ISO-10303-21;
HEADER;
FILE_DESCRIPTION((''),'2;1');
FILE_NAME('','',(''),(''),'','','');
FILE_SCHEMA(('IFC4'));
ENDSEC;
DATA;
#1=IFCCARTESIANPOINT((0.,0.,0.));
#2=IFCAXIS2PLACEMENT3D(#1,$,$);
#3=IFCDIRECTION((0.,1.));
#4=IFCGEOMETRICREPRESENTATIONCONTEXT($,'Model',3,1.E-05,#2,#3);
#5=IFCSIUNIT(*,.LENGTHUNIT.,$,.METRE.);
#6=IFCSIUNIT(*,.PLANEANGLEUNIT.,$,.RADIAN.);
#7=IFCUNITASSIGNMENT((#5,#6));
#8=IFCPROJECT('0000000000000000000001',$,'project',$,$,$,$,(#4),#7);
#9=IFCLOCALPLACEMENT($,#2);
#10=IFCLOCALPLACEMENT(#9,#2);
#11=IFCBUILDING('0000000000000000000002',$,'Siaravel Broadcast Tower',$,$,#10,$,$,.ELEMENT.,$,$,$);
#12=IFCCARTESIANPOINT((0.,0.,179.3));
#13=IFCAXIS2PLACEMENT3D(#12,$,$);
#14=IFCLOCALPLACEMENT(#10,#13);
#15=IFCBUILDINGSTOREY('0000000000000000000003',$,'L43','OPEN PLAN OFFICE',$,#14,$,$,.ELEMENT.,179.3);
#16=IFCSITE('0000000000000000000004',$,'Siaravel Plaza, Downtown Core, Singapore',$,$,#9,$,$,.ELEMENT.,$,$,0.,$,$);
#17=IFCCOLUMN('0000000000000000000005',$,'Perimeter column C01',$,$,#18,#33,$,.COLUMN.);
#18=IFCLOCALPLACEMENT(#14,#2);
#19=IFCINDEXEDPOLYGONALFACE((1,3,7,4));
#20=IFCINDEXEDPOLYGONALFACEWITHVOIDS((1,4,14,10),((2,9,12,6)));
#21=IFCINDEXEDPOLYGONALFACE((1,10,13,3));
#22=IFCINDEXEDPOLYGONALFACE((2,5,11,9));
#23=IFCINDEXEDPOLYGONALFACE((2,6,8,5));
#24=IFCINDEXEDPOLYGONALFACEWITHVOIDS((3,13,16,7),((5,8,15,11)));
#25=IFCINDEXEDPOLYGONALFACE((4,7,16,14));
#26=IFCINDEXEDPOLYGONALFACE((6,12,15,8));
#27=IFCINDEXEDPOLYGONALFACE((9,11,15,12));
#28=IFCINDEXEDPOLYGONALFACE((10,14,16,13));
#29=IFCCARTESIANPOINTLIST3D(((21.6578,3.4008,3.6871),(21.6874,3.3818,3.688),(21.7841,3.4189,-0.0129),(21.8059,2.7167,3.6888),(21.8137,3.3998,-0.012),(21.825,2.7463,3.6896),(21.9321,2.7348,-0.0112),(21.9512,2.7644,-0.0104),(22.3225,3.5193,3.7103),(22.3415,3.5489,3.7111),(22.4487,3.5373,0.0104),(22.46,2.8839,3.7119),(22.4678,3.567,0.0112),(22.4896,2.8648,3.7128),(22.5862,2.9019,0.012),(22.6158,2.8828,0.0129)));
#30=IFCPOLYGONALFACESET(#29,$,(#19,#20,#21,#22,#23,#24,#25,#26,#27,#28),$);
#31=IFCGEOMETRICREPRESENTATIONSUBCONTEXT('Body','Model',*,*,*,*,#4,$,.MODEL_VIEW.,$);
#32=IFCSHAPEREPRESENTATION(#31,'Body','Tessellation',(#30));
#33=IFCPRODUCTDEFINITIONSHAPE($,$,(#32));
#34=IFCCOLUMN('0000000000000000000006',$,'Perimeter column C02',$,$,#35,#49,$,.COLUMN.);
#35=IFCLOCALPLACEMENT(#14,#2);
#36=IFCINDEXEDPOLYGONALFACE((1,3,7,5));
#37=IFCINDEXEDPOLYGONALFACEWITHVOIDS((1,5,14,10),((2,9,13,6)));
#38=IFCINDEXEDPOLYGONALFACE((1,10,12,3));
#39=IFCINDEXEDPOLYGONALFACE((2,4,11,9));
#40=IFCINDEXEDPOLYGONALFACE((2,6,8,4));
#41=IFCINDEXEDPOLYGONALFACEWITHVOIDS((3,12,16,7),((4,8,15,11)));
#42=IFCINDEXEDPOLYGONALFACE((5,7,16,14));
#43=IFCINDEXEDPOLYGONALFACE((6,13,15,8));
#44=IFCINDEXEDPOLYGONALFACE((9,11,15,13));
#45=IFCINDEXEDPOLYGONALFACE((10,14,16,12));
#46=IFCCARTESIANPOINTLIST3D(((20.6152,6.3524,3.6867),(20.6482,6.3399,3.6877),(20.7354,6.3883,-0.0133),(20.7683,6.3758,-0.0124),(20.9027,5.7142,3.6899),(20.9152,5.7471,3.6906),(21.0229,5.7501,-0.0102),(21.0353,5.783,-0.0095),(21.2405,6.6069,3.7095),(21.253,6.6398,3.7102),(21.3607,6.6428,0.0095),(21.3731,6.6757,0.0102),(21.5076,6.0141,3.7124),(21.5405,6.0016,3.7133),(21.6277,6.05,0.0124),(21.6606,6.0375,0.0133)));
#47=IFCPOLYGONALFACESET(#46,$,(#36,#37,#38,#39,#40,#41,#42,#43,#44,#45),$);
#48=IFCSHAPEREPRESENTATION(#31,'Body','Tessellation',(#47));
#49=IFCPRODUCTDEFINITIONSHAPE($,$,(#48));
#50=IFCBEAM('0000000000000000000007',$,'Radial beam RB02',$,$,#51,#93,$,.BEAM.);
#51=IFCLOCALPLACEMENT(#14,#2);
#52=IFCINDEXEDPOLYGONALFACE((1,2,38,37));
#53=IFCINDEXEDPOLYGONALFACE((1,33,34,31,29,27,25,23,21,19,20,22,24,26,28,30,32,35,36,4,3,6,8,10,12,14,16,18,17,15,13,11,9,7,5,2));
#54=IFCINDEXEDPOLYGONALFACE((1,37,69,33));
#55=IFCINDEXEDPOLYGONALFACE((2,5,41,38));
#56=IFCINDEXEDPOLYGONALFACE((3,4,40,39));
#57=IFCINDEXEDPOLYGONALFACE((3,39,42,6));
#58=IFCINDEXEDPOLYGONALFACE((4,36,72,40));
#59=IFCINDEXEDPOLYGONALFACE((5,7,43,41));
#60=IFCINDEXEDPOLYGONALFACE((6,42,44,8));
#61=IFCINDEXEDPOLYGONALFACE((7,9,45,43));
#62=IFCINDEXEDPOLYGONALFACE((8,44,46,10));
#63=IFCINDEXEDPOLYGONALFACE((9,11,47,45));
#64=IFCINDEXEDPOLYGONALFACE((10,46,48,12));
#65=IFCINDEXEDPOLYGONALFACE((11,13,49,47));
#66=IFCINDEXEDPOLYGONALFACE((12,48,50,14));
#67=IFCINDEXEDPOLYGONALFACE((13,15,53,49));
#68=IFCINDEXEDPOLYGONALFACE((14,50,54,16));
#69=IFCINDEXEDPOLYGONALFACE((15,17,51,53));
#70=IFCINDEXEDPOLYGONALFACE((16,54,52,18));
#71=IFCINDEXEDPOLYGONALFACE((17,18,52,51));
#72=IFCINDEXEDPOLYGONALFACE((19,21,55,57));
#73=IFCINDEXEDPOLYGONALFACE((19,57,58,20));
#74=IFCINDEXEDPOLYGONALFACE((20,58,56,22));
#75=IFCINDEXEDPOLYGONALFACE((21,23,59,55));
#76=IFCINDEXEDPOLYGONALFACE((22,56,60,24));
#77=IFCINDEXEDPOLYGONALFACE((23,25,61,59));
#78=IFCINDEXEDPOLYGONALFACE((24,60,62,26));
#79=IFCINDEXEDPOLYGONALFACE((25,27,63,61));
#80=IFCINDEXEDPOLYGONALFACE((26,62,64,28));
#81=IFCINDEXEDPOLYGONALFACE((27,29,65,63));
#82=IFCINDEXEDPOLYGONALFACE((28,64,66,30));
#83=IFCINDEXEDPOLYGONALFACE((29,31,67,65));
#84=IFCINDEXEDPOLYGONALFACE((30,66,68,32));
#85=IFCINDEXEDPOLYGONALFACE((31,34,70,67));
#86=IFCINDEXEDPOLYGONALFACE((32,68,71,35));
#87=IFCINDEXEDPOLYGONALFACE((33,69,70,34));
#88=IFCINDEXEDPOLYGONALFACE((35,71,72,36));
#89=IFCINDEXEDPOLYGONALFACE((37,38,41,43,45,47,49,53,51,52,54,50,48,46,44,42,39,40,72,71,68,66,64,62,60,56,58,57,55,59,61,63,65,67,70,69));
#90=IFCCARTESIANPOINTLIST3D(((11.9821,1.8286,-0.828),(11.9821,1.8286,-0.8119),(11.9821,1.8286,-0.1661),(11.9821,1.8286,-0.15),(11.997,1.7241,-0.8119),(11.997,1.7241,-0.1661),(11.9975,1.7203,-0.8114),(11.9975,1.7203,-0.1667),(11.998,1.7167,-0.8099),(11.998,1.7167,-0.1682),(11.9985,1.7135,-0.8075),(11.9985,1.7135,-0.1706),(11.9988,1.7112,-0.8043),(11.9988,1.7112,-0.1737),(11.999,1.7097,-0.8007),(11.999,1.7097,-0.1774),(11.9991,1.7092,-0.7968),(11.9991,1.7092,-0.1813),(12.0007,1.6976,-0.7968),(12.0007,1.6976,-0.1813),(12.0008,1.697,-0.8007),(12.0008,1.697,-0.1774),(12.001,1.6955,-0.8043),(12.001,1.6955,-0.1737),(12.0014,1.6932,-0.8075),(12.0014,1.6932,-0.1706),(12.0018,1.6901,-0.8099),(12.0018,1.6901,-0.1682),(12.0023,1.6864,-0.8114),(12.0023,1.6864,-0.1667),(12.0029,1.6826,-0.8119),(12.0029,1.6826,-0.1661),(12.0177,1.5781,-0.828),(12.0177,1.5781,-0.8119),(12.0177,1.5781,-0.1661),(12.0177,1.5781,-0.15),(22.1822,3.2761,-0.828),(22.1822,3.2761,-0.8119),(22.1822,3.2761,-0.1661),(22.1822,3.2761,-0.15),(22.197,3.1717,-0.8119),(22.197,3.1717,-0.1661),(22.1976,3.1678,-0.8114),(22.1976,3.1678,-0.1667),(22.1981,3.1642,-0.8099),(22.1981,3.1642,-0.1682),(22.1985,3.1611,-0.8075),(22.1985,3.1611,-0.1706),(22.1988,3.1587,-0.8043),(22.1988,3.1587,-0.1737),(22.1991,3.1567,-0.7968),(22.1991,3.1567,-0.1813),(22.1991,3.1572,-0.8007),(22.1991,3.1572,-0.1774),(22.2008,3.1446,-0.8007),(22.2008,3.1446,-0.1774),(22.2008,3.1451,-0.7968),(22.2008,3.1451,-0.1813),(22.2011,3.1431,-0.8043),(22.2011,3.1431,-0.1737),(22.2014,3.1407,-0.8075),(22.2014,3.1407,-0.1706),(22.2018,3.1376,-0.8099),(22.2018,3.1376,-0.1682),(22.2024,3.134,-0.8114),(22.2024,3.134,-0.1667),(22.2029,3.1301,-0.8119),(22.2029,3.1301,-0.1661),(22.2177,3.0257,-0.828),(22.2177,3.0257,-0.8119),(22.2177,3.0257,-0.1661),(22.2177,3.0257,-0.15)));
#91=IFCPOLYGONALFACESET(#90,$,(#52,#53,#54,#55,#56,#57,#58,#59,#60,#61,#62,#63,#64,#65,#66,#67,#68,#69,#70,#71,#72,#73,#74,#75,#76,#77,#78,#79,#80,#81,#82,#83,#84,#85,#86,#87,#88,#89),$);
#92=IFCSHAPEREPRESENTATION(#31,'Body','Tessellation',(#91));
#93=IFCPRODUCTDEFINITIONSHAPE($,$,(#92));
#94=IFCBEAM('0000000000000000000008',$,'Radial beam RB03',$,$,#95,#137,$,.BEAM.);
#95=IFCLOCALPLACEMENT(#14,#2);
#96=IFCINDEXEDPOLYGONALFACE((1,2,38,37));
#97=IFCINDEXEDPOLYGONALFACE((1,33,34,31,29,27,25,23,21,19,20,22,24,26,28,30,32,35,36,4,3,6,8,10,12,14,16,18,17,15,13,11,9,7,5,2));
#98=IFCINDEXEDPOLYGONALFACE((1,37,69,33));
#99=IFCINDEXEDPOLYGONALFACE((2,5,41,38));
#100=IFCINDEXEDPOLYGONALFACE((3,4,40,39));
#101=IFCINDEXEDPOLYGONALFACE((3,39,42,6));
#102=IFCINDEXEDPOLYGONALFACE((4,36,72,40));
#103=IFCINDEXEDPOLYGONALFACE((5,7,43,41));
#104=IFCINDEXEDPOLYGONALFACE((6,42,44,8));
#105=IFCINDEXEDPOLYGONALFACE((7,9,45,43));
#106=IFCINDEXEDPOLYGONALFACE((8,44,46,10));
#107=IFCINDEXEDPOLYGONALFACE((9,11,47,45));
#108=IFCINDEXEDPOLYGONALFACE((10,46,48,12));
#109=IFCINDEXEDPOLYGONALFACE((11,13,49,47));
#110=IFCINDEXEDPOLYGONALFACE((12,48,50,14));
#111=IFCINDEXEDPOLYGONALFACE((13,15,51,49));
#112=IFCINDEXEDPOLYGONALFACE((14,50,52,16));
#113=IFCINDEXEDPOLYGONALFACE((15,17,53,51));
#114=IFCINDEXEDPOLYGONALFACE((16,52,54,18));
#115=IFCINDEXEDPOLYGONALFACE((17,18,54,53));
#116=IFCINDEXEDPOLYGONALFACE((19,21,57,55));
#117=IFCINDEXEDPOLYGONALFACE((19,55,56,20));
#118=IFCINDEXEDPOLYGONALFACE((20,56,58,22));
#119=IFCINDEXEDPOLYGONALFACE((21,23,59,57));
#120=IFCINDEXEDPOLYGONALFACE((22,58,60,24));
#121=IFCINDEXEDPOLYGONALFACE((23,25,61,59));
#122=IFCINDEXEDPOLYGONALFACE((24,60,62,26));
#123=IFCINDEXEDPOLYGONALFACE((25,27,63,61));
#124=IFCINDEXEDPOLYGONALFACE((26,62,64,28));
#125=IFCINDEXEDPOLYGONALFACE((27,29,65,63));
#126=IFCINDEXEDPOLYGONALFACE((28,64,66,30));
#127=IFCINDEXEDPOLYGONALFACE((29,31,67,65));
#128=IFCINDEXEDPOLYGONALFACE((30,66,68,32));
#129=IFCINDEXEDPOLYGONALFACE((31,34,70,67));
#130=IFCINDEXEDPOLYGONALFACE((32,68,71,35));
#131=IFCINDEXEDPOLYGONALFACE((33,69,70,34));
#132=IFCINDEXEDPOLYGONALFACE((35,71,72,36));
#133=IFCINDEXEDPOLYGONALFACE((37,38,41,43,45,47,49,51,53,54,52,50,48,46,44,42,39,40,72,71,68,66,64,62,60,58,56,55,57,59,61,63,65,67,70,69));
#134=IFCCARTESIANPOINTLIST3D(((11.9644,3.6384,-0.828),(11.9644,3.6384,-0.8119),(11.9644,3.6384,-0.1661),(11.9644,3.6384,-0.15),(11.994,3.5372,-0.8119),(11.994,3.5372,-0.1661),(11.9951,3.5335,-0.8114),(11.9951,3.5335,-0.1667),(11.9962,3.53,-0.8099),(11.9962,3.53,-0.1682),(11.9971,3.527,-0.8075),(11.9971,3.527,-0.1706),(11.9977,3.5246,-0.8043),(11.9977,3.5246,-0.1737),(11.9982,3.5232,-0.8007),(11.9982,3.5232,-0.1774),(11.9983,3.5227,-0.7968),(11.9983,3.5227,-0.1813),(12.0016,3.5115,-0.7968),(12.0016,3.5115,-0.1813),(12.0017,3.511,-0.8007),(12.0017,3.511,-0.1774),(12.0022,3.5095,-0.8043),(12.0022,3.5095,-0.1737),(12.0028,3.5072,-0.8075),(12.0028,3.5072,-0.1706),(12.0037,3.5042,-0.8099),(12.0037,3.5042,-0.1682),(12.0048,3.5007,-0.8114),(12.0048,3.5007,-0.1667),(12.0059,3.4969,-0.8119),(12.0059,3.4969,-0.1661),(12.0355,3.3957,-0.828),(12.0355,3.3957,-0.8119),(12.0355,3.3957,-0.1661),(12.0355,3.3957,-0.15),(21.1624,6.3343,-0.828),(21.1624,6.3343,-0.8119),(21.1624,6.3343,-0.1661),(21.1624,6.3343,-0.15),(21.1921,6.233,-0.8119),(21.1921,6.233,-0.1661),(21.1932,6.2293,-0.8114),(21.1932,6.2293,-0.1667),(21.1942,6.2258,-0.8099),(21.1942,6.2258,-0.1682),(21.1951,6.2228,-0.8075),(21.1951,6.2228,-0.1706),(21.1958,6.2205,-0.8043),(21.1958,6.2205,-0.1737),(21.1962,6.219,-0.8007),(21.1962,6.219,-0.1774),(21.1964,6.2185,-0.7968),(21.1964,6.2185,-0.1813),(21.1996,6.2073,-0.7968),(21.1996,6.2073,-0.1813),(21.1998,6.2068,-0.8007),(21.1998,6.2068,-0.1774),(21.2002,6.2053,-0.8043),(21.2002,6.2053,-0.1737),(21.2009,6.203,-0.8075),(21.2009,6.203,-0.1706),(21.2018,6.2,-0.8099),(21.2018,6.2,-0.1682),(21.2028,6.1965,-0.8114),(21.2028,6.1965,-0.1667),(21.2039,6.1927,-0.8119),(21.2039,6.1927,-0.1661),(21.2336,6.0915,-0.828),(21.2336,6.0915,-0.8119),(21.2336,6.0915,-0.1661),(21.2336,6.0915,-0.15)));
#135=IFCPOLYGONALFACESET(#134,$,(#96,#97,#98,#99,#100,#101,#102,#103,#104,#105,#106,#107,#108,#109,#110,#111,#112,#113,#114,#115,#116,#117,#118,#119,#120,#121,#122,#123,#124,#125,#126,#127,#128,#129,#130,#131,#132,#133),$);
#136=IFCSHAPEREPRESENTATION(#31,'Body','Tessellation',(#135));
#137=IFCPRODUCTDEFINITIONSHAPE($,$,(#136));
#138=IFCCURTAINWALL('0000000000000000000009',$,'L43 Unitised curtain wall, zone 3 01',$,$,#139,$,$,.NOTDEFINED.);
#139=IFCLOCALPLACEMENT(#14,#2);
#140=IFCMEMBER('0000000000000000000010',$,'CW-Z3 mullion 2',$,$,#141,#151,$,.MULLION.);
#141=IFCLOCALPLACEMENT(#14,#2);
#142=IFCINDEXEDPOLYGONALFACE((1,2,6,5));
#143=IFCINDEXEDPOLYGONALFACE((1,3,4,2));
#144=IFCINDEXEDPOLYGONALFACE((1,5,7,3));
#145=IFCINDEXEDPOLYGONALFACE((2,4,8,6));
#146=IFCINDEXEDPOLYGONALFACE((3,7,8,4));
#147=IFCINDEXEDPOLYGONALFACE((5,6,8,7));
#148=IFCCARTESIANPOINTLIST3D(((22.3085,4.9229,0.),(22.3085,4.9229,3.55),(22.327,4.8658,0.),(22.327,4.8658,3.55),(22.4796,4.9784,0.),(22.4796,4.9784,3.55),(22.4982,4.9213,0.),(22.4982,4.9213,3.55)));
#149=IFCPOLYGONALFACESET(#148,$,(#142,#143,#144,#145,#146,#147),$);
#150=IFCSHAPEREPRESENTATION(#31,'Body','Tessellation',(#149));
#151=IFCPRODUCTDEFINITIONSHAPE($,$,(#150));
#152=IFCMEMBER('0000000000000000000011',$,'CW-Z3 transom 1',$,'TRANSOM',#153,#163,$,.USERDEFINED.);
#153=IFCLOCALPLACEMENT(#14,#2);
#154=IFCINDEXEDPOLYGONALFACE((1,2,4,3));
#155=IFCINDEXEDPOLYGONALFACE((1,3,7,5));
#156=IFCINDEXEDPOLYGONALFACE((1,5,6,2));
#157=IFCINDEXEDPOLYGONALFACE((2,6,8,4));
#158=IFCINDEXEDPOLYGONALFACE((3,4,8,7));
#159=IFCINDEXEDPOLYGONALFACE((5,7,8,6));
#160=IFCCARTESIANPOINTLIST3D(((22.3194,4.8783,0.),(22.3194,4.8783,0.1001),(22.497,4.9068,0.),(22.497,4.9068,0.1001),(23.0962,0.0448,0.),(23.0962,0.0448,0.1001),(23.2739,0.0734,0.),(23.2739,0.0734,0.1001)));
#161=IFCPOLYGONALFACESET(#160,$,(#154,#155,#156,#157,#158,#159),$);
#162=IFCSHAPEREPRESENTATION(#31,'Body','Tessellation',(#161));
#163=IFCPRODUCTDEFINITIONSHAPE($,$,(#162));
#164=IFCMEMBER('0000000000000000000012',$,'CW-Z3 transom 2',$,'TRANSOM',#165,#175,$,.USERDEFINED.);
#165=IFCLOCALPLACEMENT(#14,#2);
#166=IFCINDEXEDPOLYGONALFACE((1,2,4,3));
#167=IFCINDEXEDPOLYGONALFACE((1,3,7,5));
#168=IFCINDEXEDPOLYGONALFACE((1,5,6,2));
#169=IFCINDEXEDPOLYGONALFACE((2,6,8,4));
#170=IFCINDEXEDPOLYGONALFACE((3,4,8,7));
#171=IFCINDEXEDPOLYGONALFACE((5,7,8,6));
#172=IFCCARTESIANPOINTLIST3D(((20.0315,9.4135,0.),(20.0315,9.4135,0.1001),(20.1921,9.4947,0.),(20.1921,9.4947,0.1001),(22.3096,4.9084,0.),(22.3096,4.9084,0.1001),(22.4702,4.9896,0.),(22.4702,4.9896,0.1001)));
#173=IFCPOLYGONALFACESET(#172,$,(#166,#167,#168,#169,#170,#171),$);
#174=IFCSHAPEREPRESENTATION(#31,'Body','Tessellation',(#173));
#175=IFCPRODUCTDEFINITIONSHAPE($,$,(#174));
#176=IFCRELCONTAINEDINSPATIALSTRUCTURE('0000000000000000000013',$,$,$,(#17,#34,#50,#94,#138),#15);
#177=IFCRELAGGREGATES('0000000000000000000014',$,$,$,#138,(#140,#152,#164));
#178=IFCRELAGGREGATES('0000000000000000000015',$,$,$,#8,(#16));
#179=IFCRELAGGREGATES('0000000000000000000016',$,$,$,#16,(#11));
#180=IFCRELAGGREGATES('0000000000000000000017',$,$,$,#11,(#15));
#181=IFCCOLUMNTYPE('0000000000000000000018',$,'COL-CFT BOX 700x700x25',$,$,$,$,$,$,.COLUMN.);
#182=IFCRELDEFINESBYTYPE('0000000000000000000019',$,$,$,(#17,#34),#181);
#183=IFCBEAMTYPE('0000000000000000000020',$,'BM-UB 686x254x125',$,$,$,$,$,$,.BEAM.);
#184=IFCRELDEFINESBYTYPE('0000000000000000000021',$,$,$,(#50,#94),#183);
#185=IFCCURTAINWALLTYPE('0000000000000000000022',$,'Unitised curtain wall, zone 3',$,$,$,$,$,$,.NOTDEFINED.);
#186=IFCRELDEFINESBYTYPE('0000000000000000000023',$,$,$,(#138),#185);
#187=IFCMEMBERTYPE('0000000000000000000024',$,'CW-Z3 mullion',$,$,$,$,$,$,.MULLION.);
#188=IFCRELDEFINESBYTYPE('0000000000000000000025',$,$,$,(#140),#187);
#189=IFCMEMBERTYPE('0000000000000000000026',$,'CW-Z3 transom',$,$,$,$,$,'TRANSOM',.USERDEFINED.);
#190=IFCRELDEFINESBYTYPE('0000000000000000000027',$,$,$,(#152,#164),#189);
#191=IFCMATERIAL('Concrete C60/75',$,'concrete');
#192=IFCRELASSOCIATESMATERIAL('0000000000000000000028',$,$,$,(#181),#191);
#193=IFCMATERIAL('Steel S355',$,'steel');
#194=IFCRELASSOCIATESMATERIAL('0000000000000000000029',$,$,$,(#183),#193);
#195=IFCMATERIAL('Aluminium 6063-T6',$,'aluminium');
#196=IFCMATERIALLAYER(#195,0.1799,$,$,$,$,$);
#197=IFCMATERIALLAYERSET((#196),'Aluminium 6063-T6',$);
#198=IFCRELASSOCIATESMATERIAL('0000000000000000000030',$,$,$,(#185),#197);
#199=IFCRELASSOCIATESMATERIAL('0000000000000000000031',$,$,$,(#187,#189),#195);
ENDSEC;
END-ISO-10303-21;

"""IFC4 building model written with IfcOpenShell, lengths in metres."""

from ifc_helpers import new_model, si_unit, direction, frame, origin, origin_2d, place, context, subcontext, project, spatial, rectangle, hollow_rectangle, i_section, extrude, material, layer, layer_set, material_profile, profile_set, type_object, element, aggregate, save


model = new_model("IFC4")

# Units and contexts
model_context = context("Model", 3, precision=1e-05, world=origin(), true_north=direction((0.0, 1.0)))
body_context = subcontext(model_context, "Body", "Model", "MODEL_VIEW")
ifc_project = project(units=[si_unit("LENGTHUNIT", "METRE"), si_unit("PLANEANGLEUNIT", "RADIAN")], contexts=[model_context])

# Site, building, storey
site_placement = place(None, origin())
site = spatial("IfcSite", under=ifc_project, at=site_placement, Name="Siaravel Plaza, Downtown Core, Singapore", CompositionType="ELEMENT", RefElevation=0.0)
building_placement = place(site_placement, origin())
building = spatial("IfcBuilding", under=site, at=building_placement, Name="Siaravel Broadcast Tower", CompositionType="ELEMENT")
storey_placement = place(building_placement, frame((0.0, 0.0, 179.3)))
storey = spatial("IfcBuildingStorey", under=building, at=storey_placement, Name="L43", Description="OPEN PLAN OFFICE", CompositionType="ELEMENT", Elevation=179.3)

# Columns
ifc_material_1 = material(Name="Concrete C60/75", Category="concrete")
ifc_material_profile_1 = material_profile(ifc_material_1, hollow_rectangle(XDim=0.7, YDim=0.7, WallThickness=0.0249, at=origin_2d()))
ifc_profile_set_1 = profile_set([ifc_material_profile_1], Name="Concrete C60/75")
column_type = type_object("IfcColumnType", Name="COL-CFT BOX 700x700x25", PredefinedType="COLUMN", material=ifc_profile_set_1)
for number, where, z_axis, x_axis, name in (
    (1, (22.2, 3.1509, 0.0), (-0.034094, -0.00488, 0.999407), (0.21155, -0.977364, 0.002444), "Perimeter column C01"),
    (2, (21.198, 6.2129, 0.0), (-0.032446, -0.009694, 0.999426), (0.410759, -0.911733, 0.004492), "Perimeter column C02"),
):
    element("IfcColumn", number, at=place(storey_placement, frame(where, z_axis=z_axis, x_axis=x_axis)), inside=storey, type_object=column_type, Name=name, PredefinedType="COLUMN", context=body_context, shape_type="SweptSolid", body=[
        extrude(hollow_rectangle(XDim=0.7, YDim=0.7, WallThickness=0.0249, at=origin_2d()), origin(), (0.0, 0.0, 1.0), 3.7021),
    ])

# Beams
ifc_material_2 = material(Name="Steel S355", Category="steel")
ifc_material_profile_2 = material_profile(ifc_material_2, i_section(OverallWidth=0.2529, OverallDepth=0.678, WebThickness=0.0117, FlangeThickness=0.0161, FilletRadius=0.0151, at=origin_2d()))
ifc_profile_set_2 = profile_set([ifc_material_profile_2], Name="Steel S355")
beam_type = type_object("IfcBeamType", Name="BM-UB 686x254x125", PredefinedType="BEAM", material=ifc_profile_set_2)
beam_1_placement = place(storey_placement, frame((22.2, 3.1509, -0.489), z_axis=(-0.99008, -0.140506, 0.0), x_axis=(0.140506, -0.99008, 0.0)))
element("IfcBeam", 3, at=beam_1_placement, inside=storey, type_object=beam_type, Name="Radial beam RB02", PredefinedType="BEAM", context=body_context, shape_type="SweptSolid", body=[
    extrude(i_section(OverallWidth=0.2529, OverallDepth=0.678, WebThickness=0.0117, FlangeThickness=0.0161, FilletRadius=0.0151, at=origin_2d()), origin(), (0.0, 0.0, 1.0), 10.3022),
])
beam_2_placement = place(storey_placement, frame((21.198, 6.2129, -0.489), z_axis=(-0.959633, -0.281255, 0.0), x_axis=(0.281255, -0.959633, 0.0)))
element("IfcBeam", 4, at=beam_2_placement, inside=storey, type_object=beam_type, Name="Radial beam RB03", PredefinedType="BEAM", context=body_context, shape_type="SweptSolid", body=[
    extrude(i_section(OverallWidth=0.2529, OverallDepth=0.678, WebThickness=0.0117, FlangeThickness=0.0161, FilletRadius=0.0151, at=origin_2d()), origin(), (0.0, 0.0, 1.0), 9.585),
])

# Curtain wall, members
ifc_material_3 = material(Name="Aluminium 6063-T6", Category="aluminium")
ifc_layer_1 = layer(ifc_material_3, 0.1799)
ifc_layer_set_1 = layer_set([ifc_layer_1], Name="Aluminium 6063-T6")
curtain_wall_type = type_object("IfcCurtainWallType", Name="Unitised curtain wall, zone 3", PredefinedType="NOTDEFINED", material=ifc_layer_set_1)
curtain_wall_placement = place(storey_placement, origin())
curtain_wall = element("IfcCurtainWall", 5, at=curtain_wall_placement, inside=storey, type_object=curtain_wall_type, Name="L43 Unitised curtain wall, zone 3 01", PredefinedType="NOTDEFINED")
ifc_material_profile_3 = material_profile(ifc_material_3, rectangle(XDim=0.1799, YDim=0.0601, at=origin_2d()))
ifc_profile_set_3 = profile_set([ifc_material_profile_3], Name="Aluminium 6063-T6")
member_type_1 = type_object("IfcMemberType", Name="CW-Z3 mullion", PredefinedType="MULLION", material=ifc_profile_set_3)
member_1_placement = place(storey_placement, frame((22.4033, 4.9221, 0.0), z_axis=(0.0, 0.0, 1.0), x_axis=(-0.951177, -0.308645, 0.0)))
member_1 = element("IfcMember", 6, at=member_1_placement, type_object=member_type_1, Name="CW-Z3 mullion 2", PredefinedType="MULLION", context=body_context, shape_type="SweptSolid", body=[
    extrude(rectangle(XDim=0.1799, YDim=0.0601, at=origin_2d()), origin(), (0.0, 0.0, 1.0), 3.55),
])
ifc_material_profile_4 = material_profile(ifc_material_3, rectangle(XDim=0.1799, YDim=0.1001, at=origin_2d()))
ifc_profile_set_4 = profile_set([ifc_material_profile_4], Name="Aluminium 6063-T6")
member_type_2 = type_object("IfcMemberType", Name="CW-Z3 transom", ElementType="TRANSOM", PredefinedType="USERDEFINED", material=ifc_profile_set_4)
member_2_placement = place(storey_placement, frame((23.1851, 0.0591, 0.05), z_axis=(-0.158687, 0.987329, 0.0), x_axis=(-0.987329, -0.158687, 0.0)))
member_2 = element("IfcMember", 7, at=member_2_placement, type_object=member_type_2, Name="CW-Z3 transom 1", ObjectType="TRANSOM", PredefinedType="USERDEFINED", context=body_context, shape_type="SweptSolid", body=[
    extrude(rectangle(XDim=0.1799, YDim=0.1001, at=origin_2d()), origin(), (0.0, 0.0, 1.0), 4.8955),
])
member_3_placement = place(storey_placement, frame((22.3899, 4.949, 0.05), z_axis=(-0.451252, 0.892397, 0.0), x_axis=(-0.892397, -0.451252, 0.0)))
member_3 = element("IfcMember", 8, at=member_3_placement, type_object=member_type_2, Name="CW-Z3 transom 2", ObjectType="TRANSOM", PredefinedType="USERDEFINED", context=body_context, shape_type="SweptSolid", body=[
    extrude(rectangle(XDim=0.1799, YDim=0.1001, at=origin_2d()), origin(), (0.0, 0.0, 1.0), 5.0483),
])

aggregate(curtain_wall, [member_1, member_2, member_3])

save(model, "model.ifc")
